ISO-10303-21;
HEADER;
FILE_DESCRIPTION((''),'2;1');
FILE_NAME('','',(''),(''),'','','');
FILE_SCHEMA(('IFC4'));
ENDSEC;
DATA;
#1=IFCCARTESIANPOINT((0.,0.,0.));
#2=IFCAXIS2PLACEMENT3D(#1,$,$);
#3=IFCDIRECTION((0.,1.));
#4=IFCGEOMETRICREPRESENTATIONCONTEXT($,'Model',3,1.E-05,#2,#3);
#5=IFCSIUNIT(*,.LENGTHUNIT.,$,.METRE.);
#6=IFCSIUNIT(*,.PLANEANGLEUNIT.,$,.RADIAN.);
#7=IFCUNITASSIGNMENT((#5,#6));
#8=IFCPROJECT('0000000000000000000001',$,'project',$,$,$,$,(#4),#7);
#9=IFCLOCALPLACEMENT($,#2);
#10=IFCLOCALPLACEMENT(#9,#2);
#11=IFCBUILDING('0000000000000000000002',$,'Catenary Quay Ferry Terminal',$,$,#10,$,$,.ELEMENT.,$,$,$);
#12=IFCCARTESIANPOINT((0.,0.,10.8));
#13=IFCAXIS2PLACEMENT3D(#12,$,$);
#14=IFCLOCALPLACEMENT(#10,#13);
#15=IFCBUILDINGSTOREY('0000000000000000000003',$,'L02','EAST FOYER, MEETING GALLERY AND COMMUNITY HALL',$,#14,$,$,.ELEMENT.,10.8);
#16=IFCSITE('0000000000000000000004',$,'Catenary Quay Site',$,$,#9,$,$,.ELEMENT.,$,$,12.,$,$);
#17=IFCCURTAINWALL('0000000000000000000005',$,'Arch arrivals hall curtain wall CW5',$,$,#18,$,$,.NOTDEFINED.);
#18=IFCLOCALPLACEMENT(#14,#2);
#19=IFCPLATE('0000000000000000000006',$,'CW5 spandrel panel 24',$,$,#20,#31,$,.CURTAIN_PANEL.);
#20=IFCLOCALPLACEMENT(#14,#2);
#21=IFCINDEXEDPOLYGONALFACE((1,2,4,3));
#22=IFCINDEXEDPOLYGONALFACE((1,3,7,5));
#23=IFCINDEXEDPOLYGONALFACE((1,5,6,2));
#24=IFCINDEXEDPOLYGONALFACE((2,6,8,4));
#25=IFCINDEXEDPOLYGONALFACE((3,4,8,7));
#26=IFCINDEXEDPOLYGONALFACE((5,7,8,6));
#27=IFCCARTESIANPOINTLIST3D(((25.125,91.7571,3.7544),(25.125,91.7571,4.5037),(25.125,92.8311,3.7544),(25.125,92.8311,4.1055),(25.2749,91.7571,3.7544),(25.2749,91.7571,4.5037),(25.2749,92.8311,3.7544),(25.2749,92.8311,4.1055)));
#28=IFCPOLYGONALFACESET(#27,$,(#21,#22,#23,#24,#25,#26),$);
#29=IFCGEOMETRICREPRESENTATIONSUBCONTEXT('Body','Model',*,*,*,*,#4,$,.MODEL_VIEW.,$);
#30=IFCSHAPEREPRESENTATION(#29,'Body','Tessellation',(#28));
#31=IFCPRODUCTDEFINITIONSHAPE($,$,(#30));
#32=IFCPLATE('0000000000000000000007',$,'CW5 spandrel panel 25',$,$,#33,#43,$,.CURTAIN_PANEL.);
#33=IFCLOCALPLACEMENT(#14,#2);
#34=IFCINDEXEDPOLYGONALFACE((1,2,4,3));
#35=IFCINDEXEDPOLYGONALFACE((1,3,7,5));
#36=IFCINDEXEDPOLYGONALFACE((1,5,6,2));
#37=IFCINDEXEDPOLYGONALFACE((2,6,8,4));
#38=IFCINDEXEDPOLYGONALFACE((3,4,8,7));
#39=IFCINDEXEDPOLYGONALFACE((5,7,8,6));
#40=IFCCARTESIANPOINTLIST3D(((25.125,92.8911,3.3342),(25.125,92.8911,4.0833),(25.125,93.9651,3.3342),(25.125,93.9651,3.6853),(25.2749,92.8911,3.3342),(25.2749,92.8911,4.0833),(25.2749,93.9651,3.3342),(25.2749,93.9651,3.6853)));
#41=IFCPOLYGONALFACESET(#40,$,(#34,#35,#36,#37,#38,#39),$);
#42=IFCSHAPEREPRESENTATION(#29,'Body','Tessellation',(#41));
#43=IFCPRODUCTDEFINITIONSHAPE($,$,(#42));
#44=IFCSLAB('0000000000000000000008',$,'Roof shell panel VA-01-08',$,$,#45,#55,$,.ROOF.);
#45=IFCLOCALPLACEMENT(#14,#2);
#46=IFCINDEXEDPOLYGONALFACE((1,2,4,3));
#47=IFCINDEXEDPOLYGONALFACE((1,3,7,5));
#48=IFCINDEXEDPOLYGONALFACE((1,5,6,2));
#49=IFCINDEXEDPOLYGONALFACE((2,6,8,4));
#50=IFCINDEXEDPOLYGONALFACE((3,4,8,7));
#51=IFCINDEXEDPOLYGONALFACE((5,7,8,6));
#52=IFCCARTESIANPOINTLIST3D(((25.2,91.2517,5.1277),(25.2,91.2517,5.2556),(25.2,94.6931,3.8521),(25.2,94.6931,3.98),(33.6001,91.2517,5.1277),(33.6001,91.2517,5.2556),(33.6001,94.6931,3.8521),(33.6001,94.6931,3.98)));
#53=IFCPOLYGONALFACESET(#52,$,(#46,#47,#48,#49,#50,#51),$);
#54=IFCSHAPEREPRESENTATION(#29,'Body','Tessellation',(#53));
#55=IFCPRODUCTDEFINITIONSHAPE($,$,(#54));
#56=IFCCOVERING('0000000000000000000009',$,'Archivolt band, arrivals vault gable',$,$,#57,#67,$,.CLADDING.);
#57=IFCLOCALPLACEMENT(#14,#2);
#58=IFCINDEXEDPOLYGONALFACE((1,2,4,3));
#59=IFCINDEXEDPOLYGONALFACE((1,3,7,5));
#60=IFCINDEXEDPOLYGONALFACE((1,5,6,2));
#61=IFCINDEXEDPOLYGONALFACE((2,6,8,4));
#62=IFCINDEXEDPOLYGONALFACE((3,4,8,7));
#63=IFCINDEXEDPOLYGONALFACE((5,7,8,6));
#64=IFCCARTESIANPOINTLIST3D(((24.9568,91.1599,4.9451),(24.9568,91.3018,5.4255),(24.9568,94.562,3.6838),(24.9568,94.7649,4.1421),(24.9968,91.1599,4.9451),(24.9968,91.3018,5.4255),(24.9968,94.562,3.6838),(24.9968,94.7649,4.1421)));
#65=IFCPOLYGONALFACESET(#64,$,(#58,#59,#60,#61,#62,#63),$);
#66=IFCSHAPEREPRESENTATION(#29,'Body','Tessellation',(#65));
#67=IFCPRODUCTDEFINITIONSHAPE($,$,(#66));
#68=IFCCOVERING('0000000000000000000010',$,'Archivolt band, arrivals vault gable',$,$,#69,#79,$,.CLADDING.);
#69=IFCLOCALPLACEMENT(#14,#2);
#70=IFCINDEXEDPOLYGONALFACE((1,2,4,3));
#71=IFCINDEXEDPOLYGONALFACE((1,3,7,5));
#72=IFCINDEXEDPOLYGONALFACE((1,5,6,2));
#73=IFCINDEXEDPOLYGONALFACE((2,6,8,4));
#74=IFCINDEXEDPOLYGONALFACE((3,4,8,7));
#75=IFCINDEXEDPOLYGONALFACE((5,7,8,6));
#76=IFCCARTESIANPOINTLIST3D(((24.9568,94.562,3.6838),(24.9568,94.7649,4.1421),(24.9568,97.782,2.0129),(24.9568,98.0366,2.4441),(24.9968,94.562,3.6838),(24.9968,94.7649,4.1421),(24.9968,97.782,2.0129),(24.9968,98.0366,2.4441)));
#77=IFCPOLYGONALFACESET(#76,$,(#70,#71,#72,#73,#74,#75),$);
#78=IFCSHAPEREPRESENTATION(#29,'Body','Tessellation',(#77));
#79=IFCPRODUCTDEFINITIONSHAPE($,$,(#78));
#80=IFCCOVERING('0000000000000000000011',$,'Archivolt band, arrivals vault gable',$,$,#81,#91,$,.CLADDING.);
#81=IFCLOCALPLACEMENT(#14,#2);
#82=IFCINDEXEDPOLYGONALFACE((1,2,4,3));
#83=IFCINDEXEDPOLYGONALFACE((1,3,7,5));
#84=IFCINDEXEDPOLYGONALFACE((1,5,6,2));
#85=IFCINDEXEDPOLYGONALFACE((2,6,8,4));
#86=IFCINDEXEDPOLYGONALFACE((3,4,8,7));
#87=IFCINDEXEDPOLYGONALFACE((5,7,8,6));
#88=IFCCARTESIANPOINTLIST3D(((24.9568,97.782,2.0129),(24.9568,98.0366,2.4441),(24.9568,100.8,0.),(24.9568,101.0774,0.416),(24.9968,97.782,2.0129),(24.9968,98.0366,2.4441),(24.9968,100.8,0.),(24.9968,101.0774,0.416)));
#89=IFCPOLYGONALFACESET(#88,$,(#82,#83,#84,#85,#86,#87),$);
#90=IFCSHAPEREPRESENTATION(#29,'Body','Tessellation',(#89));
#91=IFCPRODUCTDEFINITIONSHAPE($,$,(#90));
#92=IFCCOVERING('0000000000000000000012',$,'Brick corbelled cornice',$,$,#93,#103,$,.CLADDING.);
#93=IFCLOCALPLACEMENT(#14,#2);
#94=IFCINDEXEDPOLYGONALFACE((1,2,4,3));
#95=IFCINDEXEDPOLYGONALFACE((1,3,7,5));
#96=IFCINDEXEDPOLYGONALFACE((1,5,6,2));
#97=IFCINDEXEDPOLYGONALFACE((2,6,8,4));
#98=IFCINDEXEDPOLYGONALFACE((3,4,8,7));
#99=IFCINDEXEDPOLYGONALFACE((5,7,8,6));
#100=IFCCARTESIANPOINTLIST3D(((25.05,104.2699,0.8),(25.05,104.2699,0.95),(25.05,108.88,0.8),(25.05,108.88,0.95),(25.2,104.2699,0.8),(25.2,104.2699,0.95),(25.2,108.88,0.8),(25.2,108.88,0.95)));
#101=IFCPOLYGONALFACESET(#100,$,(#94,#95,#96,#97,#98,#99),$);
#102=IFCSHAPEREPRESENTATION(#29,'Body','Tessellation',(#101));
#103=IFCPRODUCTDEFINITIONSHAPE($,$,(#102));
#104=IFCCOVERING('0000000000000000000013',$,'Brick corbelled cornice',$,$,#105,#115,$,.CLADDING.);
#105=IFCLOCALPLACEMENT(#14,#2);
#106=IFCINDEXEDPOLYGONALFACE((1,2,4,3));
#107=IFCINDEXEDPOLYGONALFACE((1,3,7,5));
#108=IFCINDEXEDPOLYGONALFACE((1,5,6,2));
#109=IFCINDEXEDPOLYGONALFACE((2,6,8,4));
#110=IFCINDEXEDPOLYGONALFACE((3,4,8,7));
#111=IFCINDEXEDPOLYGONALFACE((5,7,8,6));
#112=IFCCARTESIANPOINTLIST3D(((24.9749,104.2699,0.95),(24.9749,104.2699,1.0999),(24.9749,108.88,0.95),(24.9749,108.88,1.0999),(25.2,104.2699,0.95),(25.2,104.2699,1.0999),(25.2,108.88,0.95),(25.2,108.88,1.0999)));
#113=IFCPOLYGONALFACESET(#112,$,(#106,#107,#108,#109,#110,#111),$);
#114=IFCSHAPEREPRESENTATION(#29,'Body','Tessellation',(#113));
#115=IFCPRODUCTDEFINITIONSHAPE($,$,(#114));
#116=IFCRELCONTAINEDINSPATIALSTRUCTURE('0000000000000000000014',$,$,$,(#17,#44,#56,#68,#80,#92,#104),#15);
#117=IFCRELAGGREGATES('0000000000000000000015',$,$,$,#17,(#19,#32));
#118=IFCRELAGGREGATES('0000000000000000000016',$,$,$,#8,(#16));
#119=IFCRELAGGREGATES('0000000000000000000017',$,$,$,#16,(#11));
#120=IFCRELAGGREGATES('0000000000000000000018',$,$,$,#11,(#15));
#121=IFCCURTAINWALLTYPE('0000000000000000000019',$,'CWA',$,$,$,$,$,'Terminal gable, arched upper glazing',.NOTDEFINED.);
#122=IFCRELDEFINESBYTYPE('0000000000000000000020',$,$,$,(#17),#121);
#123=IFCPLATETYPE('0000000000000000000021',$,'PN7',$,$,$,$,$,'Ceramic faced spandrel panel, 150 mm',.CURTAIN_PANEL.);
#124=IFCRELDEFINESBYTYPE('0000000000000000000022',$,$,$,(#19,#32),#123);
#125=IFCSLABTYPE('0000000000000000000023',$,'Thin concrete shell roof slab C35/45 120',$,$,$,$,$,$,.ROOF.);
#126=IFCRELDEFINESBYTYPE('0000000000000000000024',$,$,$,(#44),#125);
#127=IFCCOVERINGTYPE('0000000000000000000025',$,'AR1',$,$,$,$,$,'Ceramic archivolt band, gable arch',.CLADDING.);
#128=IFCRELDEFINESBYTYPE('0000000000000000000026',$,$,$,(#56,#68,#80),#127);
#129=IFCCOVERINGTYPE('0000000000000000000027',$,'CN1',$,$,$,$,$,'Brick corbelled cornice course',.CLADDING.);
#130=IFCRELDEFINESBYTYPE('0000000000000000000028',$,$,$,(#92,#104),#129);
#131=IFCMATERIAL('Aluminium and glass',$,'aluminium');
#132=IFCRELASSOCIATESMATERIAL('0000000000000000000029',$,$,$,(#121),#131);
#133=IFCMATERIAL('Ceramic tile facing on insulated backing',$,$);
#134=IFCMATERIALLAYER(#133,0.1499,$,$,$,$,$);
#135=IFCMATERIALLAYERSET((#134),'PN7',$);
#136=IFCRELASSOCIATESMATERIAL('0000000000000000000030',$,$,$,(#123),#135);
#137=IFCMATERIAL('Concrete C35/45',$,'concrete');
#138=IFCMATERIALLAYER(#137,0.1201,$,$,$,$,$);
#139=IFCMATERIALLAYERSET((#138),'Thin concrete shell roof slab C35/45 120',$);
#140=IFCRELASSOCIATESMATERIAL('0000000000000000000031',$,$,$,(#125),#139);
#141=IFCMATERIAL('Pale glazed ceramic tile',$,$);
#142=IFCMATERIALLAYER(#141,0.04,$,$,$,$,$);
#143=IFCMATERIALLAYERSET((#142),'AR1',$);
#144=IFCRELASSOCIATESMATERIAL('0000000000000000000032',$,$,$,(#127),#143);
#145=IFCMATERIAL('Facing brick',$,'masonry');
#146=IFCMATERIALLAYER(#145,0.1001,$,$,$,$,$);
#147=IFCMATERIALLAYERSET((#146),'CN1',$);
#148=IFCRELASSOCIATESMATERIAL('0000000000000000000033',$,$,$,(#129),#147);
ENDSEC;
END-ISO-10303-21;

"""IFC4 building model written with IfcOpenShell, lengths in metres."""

from ifc_helpers import new_model, si_unit, direction, frame, origin, origin_2d, place, context, subcontext, project, spatial, polyline, rectangle, outline, extrude, material, layer, layer_set, type_object, element, aggregate, save


model = new_model("IFC4")

# Units and contexts
model_context = context("Model", 3, precision=1e-05, world=origin(), true_north=direction((0.0, 1.0)))
body_context = subcontext(model_context, "Body", "Model", "MODEL_VIEW")
ifc_project = project(units=[si_unit("LENGTHUNIT", "METRE"), si_unit("PLANEANGLEUNIT", "RADIAN")], contexts=[model_context])

# Site, building, storey
site_placement = place(None, origin())
site = spatial("IfcSite", under=ifc_project, at=site_placement, Name="Catenary Quay Site", CompositionType="ELEMENT", RefElevation=12.0)
building_placement = place(site_placement, origin())
building = spatial("IfcBuilding", under=site, at=building_placement, Name="Catenary Quay Ferry Terminal", CompositionType="ELEMENT")
storey_placement = place(building_placement, frame((0.0, 0.0, 10.8)))
storey = spatial("IfcBuildingStorey", under=building, at=storey_placement, Name="L02", Description="EAST FOYER, MEETING GALLERY AND COMMUNITY HALL", CompositionType="ELEMENT", Elevation=10.8)

# Curtain wall
ifc_material_1 = material(Name="Aluminium and glass", Category="aluminium")
curtain_wall_type = type_object("IfcCurtainWallType", Name="CWA", ElementType="Terminal gable, arched upper glazing", PredefinedType="NOTDEFINED", material=ifc_material_1)
curtain_wall_placement = place(storey_placement, origin())
curtain_wall = element("IfcCurtainWall", 1, at=curtain_wall_placement, inside=storey, type_object=curtain_wall_type, Name="Arch arrivals hall curtain wall CW5", PredefinedType="NOTDEFINED")

# Plates
ifc_material_2 = material(Name="Ceramic tile facing on insulated backing")
ifc_layer_1 = layer(ifc_material_2, 0.1499)
ifc_layer_set_1 = layer_set([ifc_layer_1], Name="PN7")
plate_type_1 = type_object("IfcPlateType", Name="PN7", ElementType="Ceramic faced spandrel panel, 150 mm", PredefinedType="CURTAIN_PANEL", material=ifc_layer_set_1)
plate_1_placement = place(storey_placement, frame((25.2, 91.7571, 3.7544), z_axis=(0.0, 0.0, 1.0), x_axis=(0.0, 1.0, 0.0)))
plate_1 = element("IfcPlate", 2, at=plate_1_placement, type_object=plate_type_1, Name="CW5 spandrel panel 24", PredefinedType="CURTAIN_PANEL", context=body_context, shape_type="SweptSolid", body=[
    extrude(outline(polyline([(0.0, 0.0), (1.074, 0.0), (1.074, 0.3511), (0.0, 0.7493), (0.0, 0.0)])), frame((0.0, 0.075, 0.0), z_axis=(0.0, -1.0, 0.0), x_axis=(1.0, 0.0, 0.0)), (0.0, 0.0, 1.0), 0.1499),
])
plate_2_placement = place(storey_placement, frame((25.2, 92.8911, 3.3342), z_axis=(0.0, 0.0, 1.0), x_axis=(0.0, 1.0, 0.0)))
plate_2 = element("IfcPlate", 3, at=plate_2_placement, type_object=plate_type_1, Name="CW5 spandrel panel 25", PredefinedType="CURTAIN_PANEL", context=body_context, shape_type="SweptSolid", body=[
    extrude(outline(polyline([(0.0, 0.0), (1.074, 0.0), (1.074, 0.3511), (0.0, 0.749), (0.0, 0.0)])), frame((0.0, 0.075, 0.0), z_axis=(0.0, -1.0, 0.0), x_axis=(1.0, 0.0, 0.0)), (0.0, 0.0, 1.0), 0.1499),
])
aggregate(curtain_wall, [plate_1, plate_2])

# Slab
ifc_material_3 = material(Name="Concrete C35/45", Category="concrete")
ifc_layer_2 = layer(ifc_material_3, 0.1201)
ifc_layer_set_2 = layer_set([ifc_layer_2], Name="Thin concrete shell roof slab C35/45 120")
slab_type = type_object("IfcSlabType", Name="Thin concrete shell roof slab C35/45 120", PredefinedType="ROOF", material=ifc_layer_set_2)
slab_placement = place(storey_placement, frame((25.2, 91.2517, 5.2556), z_axis=(0.0, 0.347563, 0.937656), x_axis=(1.0, 0.0, 0.0)))
element("IfcSlab", 4, at=slab_placement, inside=storey, type_object=slab_type, Name="Roof shell panel VA-01-08", PredefinedType="ROOF", context=body_context, shape_type="SweptSolid", body=[
    extrude(outline(polyline([(0.0, 0.0), (8.4001, 0.0), (8.4001, 3.6702), (0.0, 3.6702), (0.0, 0.0)])), origin(), (0.0, 0.347563, -0.937656), 0.1279),
])

# Coverings
ifc_material_4 = material(Name="Pale glazed ceramic tile")
ifc_layer_3 = layer(ifc_material_4, 0.04)
ifc_layer_set_3 = layer_set([ifc_layer_3], Name="AR1")
covering_type_1 = type_object("IfcCoveringType", Name="AR1", ElementType="Ceramic archivolt band, gable arch", PredefinedType="CLADDING", material=ifc_layer_set_3)
covering_1_placement = place(storey_placement, frame((24.9968, 91.1599, 4.9451), z_axis=(1.0, 0.0, 0.0), x_axis=(0.0, 0.937642, -0.347604)))
element("IfcCovering", 5, at=covering_1_placement, inside=storey, type_object=covering_type_1, Name="Archivolt band, arrivals vault gable", PredefinedType="CLADDING", context=body_context, shape_type="SweptSolid", body=[
    extrude(outline(polyline([(0.0, 0.0), (3.6284, 0.0), (3.6593, 0.5002), (-0.034, 0.4998), (0.0, 0.0)])), origin(), (0.0, 0.0, -1.0), 0.04),
])
covering_2_placement = place(storey_placement, frame((24.9968, 94.562, 3.6838), z_axis=(1.0, 0.0, 0.0), x_axis=(0.0, 0.88761, -0.460596)))
element("IfcCovering", 6, at=covering_2_placement, inside=storey, type_object=covering_type_1, Name="Archivolt band, arrivals vault gable", PredefinedType="CLADDING", context=body_context, shape_type="SweptSolid", body=[
    extrude(outline(polyline([(0.0, 0.0), (3.6277, 0.0), (3.6551, 0.5), (-0.031, 0.5002), (0.0, 0.0)])), origin(), (0.0, 0.0, -1.0), 0.04),
])
covering_3_placement = place(storey_placement, frame((24.9968, 97.782, 2.0129), z_axis=(1.0, 0.0, 0.0), x_axis=(0.0, 0.831936, -0.554871)))
element("IfcCovering", 7, at=covering_3_placement, inside=storey, type_object=covering_type_1, Name="Archivolt band, arrivals vault gable", PredefinedType="CLADDING", context=body_context, shape_type="SweptSolid", body=[
    extrude(outline(polyline([(0.0, 0.0), (3.6278, 0.0), (3.6277, 0.5), (-0.0274, 0.5), (0.0, 0.0)])), origin(), (0.0, 0.0, -1.0), 0.04),
])
ifc_material_5 = material(Name="Facing brick", Category="masonry")
ifc_layer_4 = layer(ifc_material_5, 0.1001)
ifc_layer_set_4 = layer_set([ifc_layer_4], Name="CN1")
covering_type_2 = type_object("IfcCoveringType", Name="CN1", ElementType="Brick corbelled cornice course", PredefinedType="CLADDING", material=ifc_layer_set_4)
covering_4_placement = place(storey_placement, frame((25.125, 106.575, 0.8), z_axis=(0.0, 0.0, 1.0), x_axis=(1.0, 0.0, 0.0)))
element("IfcCovering", 8, at=covering_4_placement, inside=storey, type_object=covering_type_2, Name="Brick corbelled cornice", PredefinedType="CLADDING", context=body_context, shape_type="SweptSolid", body=[
    extrude(rectangle(XDim=0.1499, YDim=4.6101, at=origin_2d()), origin(), (0.0, 0.0, 1.0), 0.1499),
])
covering_5_placement = place(storey_placement, frame((25.0874, 106.575, 0.95), z_axis=(0.0, 0.0, 1.0), x_axis=(1.0, 0.0, 0.0)))
element("IfcCovering", 9, at=covering_5_placement, inside=storey, type_object=covering_type_2, Name="Brick corbelled cornice", PredefinedType="CLADDING", context=body_context, shape_type="SweptSolid", body=[
    extrude(rectangle(XDim=0.2251, YDim=4.6101, at=origin_2d()), origin(), (0.0, 0.0, 1.0), 0.1499),
])

save(model, "model.ifc")
